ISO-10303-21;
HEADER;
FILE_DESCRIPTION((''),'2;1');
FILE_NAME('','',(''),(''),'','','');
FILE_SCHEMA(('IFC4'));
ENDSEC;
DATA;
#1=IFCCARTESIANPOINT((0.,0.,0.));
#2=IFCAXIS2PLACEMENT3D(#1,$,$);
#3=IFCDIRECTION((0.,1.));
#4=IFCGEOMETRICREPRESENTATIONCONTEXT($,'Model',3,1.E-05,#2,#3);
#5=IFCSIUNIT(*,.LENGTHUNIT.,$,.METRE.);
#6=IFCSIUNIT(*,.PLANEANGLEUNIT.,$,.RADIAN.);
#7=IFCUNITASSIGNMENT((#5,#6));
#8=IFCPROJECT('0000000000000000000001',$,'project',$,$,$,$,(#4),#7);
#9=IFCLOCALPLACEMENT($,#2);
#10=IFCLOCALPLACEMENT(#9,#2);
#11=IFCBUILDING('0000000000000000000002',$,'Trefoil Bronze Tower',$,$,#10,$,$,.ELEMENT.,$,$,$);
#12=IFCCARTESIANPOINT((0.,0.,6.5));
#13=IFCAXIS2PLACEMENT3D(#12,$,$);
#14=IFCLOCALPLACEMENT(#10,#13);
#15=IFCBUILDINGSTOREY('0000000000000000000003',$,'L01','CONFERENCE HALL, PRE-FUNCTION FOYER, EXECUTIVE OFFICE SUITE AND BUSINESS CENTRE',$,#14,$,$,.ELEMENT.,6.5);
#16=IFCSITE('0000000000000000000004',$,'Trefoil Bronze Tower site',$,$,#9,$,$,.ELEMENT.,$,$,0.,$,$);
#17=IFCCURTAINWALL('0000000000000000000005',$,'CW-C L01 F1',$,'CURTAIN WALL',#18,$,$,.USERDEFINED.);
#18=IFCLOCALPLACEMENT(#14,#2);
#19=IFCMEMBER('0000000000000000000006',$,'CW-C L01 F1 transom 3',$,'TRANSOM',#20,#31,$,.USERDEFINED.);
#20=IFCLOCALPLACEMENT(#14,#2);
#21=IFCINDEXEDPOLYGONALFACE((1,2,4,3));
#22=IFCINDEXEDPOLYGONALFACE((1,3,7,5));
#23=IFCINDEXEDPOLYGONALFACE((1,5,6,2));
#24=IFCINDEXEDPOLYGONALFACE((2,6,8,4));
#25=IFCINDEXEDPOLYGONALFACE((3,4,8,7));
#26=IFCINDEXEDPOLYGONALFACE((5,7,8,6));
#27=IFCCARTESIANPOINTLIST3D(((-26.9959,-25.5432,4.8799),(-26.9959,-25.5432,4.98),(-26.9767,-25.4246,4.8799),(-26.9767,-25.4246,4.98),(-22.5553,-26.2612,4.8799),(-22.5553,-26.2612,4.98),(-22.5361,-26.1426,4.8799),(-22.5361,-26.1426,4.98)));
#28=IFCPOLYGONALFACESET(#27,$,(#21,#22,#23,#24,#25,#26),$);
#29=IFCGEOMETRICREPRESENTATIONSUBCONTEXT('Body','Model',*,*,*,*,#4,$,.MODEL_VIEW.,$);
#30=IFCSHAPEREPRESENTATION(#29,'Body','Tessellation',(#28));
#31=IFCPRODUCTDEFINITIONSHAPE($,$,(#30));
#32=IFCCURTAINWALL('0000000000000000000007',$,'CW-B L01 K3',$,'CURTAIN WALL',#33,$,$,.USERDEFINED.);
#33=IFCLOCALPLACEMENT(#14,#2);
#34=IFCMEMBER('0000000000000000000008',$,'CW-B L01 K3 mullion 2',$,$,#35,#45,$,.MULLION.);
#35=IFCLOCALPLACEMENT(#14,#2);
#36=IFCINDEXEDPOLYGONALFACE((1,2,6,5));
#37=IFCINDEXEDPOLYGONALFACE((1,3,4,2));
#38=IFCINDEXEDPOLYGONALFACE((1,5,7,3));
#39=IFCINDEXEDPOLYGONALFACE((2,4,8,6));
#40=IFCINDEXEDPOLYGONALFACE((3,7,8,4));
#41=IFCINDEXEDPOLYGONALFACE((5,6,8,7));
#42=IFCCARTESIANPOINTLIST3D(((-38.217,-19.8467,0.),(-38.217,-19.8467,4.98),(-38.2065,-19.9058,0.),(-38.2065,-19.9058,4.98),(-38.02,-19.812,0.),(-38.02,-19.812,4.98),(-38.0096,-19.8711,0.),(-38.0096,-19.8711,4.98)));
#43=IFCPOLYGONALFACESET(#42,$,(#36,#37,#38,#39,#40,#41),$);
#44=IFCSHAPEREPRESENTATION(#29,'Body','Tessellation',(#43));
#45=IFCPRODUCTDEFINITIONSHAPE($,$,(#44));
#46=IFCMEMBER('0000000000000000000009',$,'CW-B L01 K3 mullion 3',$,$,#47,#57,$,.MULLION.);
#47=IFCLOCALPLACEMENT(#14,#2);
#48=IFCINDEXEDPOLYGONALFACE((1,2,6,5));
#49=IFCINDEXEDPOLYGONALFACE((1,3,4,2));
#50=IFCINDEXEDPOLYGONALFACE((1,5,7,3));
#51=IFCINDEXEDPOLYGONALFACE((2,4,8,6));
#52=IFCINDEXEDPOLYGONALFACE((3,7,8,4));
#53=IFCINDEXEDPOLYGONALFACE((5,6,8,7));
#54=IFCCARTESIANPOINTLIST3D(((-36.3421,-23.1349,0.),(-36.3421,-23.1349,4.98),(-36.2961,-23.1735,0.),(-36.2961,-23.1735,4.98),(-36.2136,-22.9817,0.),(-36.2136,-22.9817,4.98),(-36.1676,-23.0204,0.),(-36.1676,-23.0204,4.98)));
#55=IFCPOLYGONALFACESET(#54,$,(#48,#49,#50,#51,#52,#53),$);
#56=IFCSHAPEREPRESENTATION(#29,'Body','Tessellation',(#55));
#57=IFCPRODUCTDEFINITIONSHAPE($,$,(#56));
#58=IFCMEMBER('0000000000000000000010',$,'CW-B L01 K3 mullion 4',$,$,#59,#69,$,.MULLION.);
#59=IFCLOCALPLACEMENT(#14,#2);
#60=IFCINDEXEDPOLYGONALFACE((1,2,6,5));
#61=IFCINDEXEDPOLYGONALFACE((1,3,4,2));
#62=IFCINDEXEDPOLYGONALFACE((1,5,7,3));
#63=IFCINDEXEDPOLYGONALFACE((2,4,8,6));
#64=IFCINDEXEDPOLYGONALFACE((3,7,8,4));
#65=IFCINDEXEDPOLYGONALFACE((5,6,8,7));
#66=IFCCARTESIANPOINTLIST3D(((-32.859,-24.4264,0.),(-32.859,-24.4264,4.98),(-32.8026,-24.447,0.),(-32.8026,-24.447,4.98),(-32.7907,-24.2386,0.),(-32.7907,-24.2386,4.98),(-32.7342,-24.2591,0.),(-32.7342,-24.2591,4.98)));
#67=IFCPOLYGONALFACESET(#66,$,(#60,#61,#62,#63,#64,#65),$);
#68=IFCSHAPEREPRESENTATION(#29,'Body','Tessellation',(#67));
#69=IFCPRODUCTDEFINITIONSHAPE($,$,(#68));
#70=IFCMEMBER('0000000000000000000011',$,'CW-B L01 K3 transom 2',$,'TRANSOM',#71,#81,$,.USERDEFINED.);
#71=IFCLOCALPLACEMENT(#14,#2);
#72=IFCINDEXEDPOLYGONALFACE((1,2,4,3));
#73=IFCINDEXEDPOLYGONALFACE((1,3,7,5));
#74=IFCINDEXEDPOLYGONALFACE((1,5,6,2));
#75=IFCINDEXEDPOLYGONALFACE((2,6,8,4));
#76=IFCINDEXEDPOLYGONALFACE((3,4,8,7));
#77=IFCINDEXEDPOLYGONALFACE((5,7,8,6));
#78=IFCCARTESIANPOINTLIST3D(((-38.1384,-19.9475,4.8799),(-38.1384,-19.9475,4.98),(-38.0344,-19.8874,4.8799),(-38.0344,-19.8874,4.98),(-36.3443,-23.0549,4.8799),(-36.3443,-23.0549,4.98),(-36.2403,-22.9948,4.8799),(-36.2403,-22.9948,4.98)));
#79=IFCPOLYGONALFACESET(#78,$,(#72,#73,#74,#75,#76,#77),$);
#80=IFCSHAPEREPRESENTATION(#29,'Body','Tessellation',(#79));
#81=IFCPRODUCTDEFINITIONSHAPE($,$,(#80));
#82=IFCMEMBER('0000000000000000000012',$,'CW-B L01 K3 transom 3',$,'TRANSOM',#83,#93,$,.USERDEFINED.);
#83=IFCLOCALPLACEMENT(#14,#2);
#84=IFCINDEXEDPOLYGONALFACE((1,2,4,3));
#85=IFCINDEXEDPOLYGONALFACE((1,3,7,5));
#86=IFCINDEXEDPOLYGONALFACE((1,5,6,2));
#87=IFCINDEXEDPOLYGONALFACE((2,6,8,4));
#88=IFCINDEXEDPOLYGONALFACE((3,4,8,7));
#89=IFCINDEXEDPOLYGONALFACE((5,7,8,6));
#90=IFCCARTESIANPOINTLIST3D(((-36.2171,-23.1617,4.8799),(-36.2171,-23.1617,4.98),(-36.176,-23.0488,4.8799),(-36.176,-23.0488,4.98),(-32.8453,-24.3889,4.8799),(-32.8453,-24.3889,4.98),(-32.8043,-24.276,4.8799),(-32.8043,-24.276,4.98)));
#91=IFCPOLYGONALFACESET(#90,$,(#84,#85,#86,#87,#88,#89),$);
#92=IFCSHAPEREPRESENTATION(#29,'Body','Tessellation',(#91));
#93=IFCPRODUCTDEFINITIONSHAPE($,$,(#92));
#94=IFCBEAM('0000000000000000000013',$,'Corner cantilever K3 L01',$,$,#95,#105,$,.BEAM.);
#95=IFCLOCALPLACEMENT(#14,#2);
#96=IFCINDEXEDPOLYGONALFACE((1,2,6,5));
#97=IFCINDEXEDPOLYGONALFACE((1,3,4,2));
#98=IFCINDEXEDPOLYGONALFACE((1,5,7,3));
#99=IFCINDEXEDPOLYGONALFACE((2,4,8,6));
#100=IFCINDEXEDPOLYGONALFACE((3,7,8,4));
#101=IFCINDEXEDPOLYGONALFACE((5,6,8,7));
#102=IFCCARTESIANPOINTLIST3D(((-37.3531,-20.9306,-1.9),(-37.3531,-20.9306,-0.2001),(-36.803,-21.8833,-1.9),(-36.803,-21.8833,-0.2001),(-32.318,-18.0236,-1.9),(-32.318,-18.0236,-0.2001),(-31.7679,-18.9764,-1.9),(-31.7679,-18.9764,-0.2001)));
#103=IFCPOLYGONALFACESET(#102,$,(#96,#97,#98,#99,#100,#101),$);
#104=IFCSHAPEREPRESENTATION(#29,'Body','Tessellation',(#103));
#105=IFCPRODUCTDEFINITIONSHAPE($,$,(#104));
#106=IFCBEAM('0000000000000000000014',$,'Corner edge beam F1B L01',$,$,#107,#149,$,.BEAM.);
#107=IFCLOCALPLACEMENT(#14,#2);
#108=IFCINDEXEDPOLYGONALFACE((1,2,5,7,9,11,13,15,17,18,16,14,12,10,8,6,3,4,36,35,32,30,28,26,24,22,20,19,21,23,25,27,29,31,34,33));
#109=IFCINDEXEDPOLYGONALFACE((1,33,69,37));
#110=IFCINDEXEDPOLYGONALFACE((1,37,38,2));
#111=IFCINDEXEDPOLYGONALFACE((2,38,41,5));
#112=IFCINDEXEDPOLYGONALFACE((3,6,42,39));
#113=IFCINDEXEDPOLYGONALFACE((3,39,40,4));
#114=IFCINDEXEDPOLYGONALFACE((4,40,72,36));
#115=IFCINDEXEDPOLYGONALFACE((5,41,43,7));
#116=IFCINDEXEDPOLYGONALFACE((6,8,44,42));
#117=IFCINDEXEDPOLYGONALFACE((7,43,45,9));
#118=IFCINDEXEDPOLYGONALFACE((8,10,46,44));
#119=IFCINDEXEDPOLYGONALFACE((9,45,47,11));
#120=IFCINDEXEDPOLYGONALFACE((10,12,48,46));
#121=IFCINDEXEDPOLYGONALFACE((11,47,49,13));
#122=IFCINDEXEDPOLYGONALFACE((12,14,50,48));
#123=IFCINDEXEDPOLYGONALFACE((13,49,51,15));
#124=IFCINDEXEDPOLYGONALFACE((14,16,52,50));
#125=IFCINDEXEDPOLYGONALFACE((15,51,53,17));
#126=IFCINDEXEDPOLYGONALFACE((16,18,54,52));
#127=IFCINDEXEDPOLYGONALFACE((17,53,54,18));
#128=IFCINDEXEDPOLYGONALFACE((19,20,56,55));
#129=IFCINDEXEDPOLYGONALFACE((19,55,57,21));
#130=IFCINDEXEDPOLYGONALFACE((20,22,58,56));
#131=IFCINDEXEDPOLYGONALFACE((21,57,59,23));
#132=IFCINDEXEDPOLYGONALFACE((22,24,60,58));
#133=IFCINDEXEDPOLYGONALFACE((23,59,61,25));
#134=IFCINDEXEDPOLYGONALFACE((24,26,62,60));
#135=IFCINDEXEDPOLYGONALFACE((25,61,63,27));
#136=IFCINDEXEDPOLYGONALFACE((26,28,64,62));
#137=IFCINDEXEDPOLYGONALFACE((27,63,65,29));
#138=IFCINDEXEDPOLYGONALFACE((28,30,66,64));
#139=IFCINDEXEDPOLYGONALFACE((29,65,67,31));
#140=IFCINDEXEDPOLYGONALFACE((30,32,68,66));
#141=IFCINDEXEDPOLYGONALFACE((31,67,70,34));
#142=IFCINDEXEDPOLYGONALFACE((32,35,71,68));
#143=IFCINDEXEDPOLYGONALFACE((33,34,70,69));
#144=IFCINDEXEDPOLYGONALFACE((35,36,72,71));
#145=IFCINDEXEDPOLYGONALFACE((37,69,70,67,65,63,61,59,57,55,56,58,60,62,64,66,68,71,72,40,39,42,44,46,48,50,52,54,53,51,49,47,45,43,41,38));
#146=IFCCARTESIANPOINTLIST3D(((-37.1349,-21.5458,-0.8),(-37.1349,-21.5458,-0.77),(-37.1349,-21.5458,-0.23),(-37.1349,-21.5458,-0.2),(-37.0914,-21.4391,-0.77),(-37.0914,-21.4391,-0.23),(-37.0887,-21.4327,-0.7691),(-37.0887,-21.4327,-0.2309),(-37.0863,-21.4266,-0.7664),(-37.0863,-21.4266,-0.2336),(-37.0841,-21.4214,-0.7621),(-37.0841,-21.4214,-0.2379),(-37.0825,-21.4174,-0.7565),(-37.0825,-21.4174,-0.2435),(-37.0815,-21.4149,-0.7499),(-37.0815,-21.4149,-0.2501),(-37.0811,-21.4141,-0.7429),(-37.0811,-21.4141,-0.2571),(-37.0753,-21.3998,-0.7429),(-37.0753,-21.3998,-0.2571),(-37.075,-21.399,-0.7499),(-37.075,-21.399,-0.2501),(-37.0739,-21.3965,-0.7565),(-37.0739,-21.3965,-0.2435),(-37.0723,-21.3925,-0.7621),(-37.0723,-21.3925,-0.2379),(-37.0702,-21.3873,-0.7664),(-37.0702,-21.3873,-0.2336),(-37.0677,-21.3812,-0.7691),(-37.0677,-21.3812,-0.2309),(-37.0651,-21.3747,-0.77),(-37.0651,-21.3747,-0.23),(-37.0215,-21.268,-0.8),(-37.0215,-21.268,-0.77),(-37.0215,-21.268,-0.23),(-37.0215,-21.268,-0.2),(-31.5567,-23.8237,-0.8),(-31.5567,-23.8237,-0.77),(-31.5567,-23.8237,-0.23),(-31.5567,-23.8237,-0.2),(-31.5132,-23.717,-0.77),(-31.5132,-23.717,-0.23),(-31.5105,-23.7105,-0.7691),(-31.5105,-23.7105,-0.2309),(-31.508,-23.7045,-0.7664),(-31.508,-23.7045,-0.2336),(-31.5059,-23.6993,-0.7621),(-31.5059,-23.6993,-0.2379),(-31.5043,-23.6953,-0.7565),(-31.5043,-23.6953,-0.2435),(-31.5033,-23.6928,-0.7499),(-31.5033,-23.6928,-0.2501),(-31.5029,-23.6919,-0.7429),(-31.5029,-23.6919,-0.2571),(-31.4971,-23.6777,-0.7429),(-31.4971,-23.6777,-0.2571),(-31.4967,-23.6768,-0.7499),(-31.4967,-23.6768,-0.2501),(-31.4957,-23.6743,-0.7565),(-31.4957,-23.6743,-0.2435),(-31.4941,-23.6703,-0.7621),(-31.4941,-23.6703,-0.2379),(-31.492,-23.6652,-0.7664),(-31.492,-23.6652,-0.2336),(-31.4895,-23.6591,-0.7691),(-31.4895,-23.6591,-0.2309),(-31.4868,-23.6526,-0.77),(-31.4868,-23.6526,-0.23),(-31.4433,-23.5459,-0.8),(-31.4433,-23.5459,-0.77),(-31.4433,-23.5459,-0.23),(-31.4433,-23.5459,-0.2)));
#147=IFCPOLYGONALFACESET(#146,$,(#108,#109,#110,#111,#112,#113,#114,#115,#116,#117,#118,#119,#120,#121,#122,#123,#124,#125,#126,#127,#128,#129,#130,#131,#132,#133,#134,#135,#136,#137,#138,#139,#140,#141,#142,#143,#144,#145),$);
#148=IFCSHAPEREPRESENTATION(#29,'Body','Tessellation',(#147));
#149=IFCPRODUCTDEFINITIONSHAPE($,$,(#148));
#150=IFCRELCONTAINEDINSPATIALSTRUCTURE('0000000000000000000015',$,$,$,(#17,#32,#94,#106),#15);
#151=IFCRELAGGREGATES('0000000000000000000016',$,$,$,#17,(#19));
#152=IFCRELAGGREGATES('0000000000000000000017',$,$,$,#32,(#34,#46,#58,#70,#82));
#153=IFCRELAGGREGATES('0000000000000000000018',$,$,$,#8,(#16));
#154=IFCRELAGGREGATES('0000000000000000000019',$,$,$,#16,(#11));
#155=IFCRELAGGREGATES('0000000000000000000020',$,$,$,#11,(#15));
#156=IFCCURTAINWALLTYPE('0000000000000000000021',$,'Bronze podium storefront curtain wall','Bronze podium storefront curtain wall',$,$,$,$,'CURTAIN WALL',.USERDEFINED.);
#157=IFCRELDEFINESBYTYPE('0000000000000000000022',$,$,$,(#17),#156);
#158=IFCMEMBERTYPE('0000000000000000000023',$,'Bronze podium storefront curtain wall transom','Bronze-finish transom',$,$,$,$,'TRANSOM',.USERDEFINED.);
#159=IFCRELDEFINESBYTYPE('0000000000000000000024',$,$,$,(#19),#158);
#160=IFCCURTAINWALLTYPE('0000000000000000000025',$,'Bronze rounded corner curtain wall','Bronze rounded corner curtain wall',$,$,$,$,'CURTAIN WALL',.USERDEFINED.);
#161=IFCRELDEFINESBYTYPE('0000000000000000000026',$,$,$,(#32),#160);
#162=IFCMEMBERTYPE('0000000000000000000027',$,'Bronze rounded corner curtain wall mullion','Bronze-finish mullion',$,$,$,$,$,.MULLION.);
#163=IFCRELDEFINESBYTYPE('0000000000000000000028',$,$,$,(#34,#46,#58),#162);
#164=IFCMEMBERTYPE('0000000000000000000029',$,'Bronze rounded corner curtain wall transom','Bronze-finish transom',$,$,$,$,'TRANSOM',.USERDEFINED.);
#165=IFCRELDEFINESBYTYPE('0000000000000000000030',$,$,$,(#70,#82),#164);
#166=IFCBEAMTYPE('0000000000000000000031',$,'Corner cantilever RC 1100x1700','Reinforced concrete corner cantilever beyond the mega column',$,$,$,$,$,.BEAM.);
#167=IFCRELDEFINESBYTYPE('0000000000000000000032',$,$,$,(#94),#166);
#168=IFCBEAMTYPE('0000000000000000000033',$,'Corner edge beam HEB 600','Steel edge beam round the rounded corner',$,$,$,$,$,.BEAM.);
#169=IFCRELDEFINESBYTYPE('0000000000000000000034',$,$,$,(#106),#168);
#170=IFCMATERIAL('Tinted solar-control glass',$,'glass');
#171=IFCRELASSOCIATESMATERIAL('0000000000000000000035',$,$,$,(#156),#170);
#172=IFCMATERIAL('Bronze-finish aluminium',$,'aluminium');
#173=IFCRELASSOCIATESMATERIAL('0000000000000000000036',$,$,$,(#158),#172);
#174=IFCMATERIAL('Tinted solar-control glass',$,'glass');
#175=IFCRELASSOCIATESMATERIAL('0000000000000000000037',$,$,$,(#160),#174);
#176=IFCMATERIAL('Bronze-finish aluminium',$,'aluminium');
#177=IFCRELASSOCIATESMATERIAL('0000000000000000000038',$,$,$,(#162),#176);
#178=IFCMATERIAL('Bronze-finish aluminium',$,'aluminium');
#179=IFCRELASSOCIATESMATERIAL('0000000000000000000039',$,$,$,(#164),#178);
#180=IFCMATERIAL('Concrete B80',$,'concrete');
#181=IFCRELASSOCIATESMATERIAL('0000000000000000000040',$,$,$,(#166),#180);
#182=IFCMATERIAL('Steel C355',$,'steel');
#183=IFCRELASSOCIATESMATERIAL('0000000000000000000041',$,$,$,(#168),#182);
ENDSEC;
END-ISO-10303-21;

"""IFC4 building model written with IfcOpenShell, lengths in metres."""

from ifc_helpers import new_model, si_unit, direction, frame, origin, origin_2d, place, context, subcontext, project, spatial, rectangle, i_section, extrude, material, material_profile, profile_set, type_object, element, aggregate, save


model = new_model("IFC4")

# Units and contexts
model_context = context("Model", 3, precision=1e-05, world=origin(), true_north=direction((0.0, 1.0)))
body_context = subcontext(model_context, "Body", "Model", "MODEL_VIEW")
ifc_project = project(units=[si_unit("LENGTHUNIT", "METRE"), si_unit("PLANEANGLEUNIT", "RADIAN")], contexts=[model_context])

# Site, building, storey
site_placement = place(None, origin())
site = spatial("IfcSite", under=ifc_project, at=site_placement, Name="Trefoil Bronze Tower site", CompositionType="ELEMENT", RefElevation=0.0)
building_placement = place(site_placement, origin())
building = spatial("IfcBuilding", under=site, at=building_placement, Name="Trefoil Bronze Tower", CompositionType="ELEMENT")
storey_placement = place(building_placement, frame((0.0, 0.0, 6.5)))
storey = spatial("IfcBuildingStorey", under=building, at=storey_placement, Name="L01", Description="CONFERENCE HALL, PRE-FUNCTION FOYER, EXECUTIVE OFFICE SUITE AND BUSINESS CENTRE", CompositionType="ELEMENT", Elevation=6.5)

# Curtain walls, members
ifc_material_1 = material(Name="Tinted solar-control glass", Category="glass")
curtain_wall_type_1 = type_object("IfcCurtainWallType", Name="Bronze podium storefront curtain wall", Description="Bronze podium storefront curtain wall", ElementType="CURTAIN WALL", PredefinedType="USERDEFINED", material=ifc_material_1)
curtain_wall_1_placement = place(storey_placement, origin())
curtain_wall_1 = element("IfcCurtainWall", 1, at=curtain_wall_1_placement, inside=storey, type_object=curtain_wall_type_1, Name="CW-C L01 F1", ObjectType="CURTAIN WALL", PredefinedType="USERDEFINED")
ifc_material_2 = material(Name="Bronze-finish aluminium", Category="aluminium")
ifc_material_profile_1 = material_profile(ifc_material_2, rectangle(XDim=0.1201, YDim=0.1001, at=origin_2d()), Name="CW-C transom")
ifc_profile_set_1 = profile_set([ifc_material_profile_1], Name="Bronze-finish aluminium")
member_type_1 = type_object("IfcMemberType", Name="Bronze podium storefront curtain wall transom", Description="Bronze-finish transom", ElementType="TRANSOM", PredefinedType="USERDEFINED", material=ifc_profile_set_1)
member_1_placement = place(storey_placement, frame((-26.9863, -25.4839, 4.9299), z_axis=(0.987179, -0.159618, 0.0), x_axis=(0.159618, 0.987179, 0.0)))
member_1 = element("IfcMember", 2, at=member_1_placement, type_object=member_type_1, Name="CW-C L01 F1 transom 3", ObjectType="TRANSOM", PredefinedType="USERDEFINED", context=body_context, shape_type="SweptSolid", body=[
    extrude(rectangle(XDim=0.1201, YDim=0.1001, at=origin_2d()), origin(), (0.0, 0.0, 1.0), 4.4983),
])
ifc_material_3 = material(Name="Tinted solar-control glass", Category="glass")
curtain_wall_type_2 = type_object("IfcCurtainWallType", Name="Bronze rounded corner curtain wall", Description="Bronze rounded corner curtain wall", ElementType="CURTAIN WALL", PredefinedType="USERDEFINED", material=ifc_material_3)
curtain_wall_2_placement = place(storey_placement, origin())
curtain_wall_2 = element("IfcCurtainWall", 3, at=curtain_wall_2_placement, inside=storey, type_object=curtain_wall_type_2, Name="CW-B L01 K3", ObjectType="CURTAIN WALL", PredefinedType="USERDEFINED")
ifc_material_4 = material(Name="Bronze-finish aluminium", Category="aluminium")
ifc_material_profile_2 = material_profile(ifc_material_4, rectangle(XDim=0.2, YDim=0.0601, at=origin_2d()), Name="CW-B mullion")
ifc_profile_set_2 = profile_set([ifc_material_profile_2], Name="Bronze-finish aluminium")
member_type_2 = type_object("IfcMemberType", Name="Bronze rounded corner curtain wall mullion", Description="Bronze-finish mullion", PredefinedType="MULLION", material=ifc_profile_set_2)
member_2_placement = place(storey_placement, frame((-38.1133, -19.8589, 0.0), z_axis=(0.0, 0.0, 1.0), x_axis=(0.984808, 0.173648, 0.0)))
member_2 = element("IfcMember", 4, at=member_2_placement, type_object=member_type_2, Name="CW-B L01 K3 mullion 2", PredefinedType="MULLION", context=body_context, shape_type="SweptSolid", body=[
    extrude(rectangle(XDim=0.2, YDim=0.0601, at=origin_2d()), origin(), (0.0, 0.0, 1.0), 4.98),
])
member_3_placement = place(storey_placement, frame((-36.2549, -23.0776, 0.0), z_axis=(0.0, 0.0, 1.0), x_axis=(0.642788, 0.766044, 0.0)))
member_3 = element("IfcMember", 5, at=member_3_placement, type_object=member_type_2, Name="CW-B L01 K3 mullion 3", PredefinedType="MULLION", context=body_context, shape_type="SweptSolid", body=[
    extrude(rectangle(XDim=0.2, YDim=0.0601, at=origin_2d()), origin(), (0.0, 0.0, 1.0), 4.98),
])
member_4_placement = place(storey_placement, frame((-32.7966, -24.3428, 0.0), z_axis=(0.0, 0.0, 1.0), x_axis=(0.34202, 0.939693, 0.0)))
member_4 = element("IfcMember", 6, at=member_4_placement, type_object=member_type_2, Name="CW-B L01 K3 mullion 4", PredefinedType="MULLION", context=body_context, shape_type="SweptSolid", body=[
    extrude(rectangle(XDim=0.2, YDim=0.0601, at=origin_2d()), origin(), (0.0, 0.0, 1.0), 4.98),
])
ifc_material_5 = material(Name="Bronze-finish aluminium", Category="aluminium")
ifc_material_profile_3 = material_profile(ifc_material_5, rectangle(XDim=0.1201, YDim=0.1001, at=origin_2d()), Name="CW-B transom")
ifc_profile_set_3 = profile_set([ifc_material_profile_3], Name="Bronze-finish aluminium")
member_type_3 = type_object("IfcMemberType", Name="Bronze rounded corner curtain wall transom", Description="Bronze-finish transom", ElementType="TRANSOM", PredefinedType="USERDEFINED", material=ifc_profile_set_3)
member_5_placement = place(storey_placement, frame((-38.0864, -19.9175, 4.9299), z_axis=(0.500025, -0.866011, 0.0), x_axis=(0.866011, 0.500025, 0.0)))
member_5 = element("IfcMember", 7, at=member_5_placement, type_object=member_type_3, Name="CW-B L01 K3 transom 2", ObjectType="TRANSOM", PredefinedType="USERDEFINED", context=body_context, shape_type="SweptSolid", body=[
    extrude(rectangle(XDim=0.1201, YDim=0.1001, at=origin_2d()), origin(), (0.0, 0.0, 1.0), 3.5881),
])
member_6_placement = place(storey_placement, frame((-36.1965, -23.1052, 4.9299), z_axis=(0.939688, -0.342033, 0.0), x_axis=(0.342033, 0.939688, 0.0)))
member_6 = element("IfcMember", 8, at=member_6_placement, type_object=member_type_3, Name="CW-B L01 K3 transom 3", ObjectType="TRANSOM", PredefinedType="USERDEFINED", context=body_context, shape_type="SweptSolid", body=[
    extrude(rectangle(XDim=0.1201, YDim=0.1001, at=origin_2d()), origin(), (0.0, 0.0, 1.0), 3.5881),
])

# Beams
ifc_material_6 = material(Name="Concrete B80", Category="concrete")
ifc_material_profile_4 = material_profile(ifc_material_6, rectangle(XDim=1.1001, YDim=1.7, at=origin_2d()), Name="RC 1100x1700")
ifc_profile_set_4 = profile_set([ifc_material_profile_4], Name="Concrete B80")
beam_type_1 = type_object("IfcBeamType", Name="Corner cantilever RC 1100x1700", Description="Reinforced concrete corner cantilever beyond the mega column", PredefinedType="BEAM", material=ifc_profile_set_4)
beam_1_placement = place(storey_placement, frame((-32.043, -18.5, -1.05), z_axis=(-0.86603, -0.499991, 0.0), x_axis=(0.499991, -0.86603, 0.0)))
element("IfcBeam", 9, at=beam_1_placement, inside=storey, type_object=beam_type_1, Name="Corner cantilever K3 L01", PredefinedType="BEAM", context=body_context, shape_type="SweptSolid", body=[
    extrude(rectangle(XDim=1.1001, YDim=1.7, at=origin_2d()), origin(), (0.0, 0.0, 1.0), 5.814),
])
ifc_material_7 = material(Name="Steel C355", Category="steel")
ifc_material_profile_5 = material_profile(ifc_material_7, i_section(OverallWidth=0.3, OverallDepth=0.6001, WebThickness=0.0154, FlangeThickness=0.03, FilletRadius=0.0271, at=origin_2d()), Name="HEB 600")
ifc_profile_set_5 = profile_set([ifc_material_profile_5], Name="Steel C355")
beam_type_2 = type_object("IfcBeamType", Name="Corner edge beam HEB 600", Description="Steel edge beam round the rounded corner", PredefinedType="BEAM", material=ifc_profile_set_5)
beam_2_placement = place(storey_placement, frame((-31.5, -23.6848, -0.5), z_axis=(-0.925787, 0.378046, 0.0), x_axis=(-0.378046, -0.925787, 0.0)))
element("IfcBeam", 10, at=beam_2_placement, inside=storey, type_object=beam_type_2, Name="Corner edge beam F1B L01", PredefinedType="BEAM", context=body_context, shape_type="SweptSolid", body=[
    extrude(i_section(OverallWidth=0.3, OverallDepth=0.6001, WebThickness=0.0154, FlangeThickness=0.03, FilletRadius=0.0271, at=origin_2d()), origin(), (0.0, 0.0, 1.0), 6.0254),
])

aggregate(curtain_wall_1, [member_1])
aggregate(curtain_wall_2, [member_2, member_3, member_4, member_5, member_6])

save(model, "model.ifc")
